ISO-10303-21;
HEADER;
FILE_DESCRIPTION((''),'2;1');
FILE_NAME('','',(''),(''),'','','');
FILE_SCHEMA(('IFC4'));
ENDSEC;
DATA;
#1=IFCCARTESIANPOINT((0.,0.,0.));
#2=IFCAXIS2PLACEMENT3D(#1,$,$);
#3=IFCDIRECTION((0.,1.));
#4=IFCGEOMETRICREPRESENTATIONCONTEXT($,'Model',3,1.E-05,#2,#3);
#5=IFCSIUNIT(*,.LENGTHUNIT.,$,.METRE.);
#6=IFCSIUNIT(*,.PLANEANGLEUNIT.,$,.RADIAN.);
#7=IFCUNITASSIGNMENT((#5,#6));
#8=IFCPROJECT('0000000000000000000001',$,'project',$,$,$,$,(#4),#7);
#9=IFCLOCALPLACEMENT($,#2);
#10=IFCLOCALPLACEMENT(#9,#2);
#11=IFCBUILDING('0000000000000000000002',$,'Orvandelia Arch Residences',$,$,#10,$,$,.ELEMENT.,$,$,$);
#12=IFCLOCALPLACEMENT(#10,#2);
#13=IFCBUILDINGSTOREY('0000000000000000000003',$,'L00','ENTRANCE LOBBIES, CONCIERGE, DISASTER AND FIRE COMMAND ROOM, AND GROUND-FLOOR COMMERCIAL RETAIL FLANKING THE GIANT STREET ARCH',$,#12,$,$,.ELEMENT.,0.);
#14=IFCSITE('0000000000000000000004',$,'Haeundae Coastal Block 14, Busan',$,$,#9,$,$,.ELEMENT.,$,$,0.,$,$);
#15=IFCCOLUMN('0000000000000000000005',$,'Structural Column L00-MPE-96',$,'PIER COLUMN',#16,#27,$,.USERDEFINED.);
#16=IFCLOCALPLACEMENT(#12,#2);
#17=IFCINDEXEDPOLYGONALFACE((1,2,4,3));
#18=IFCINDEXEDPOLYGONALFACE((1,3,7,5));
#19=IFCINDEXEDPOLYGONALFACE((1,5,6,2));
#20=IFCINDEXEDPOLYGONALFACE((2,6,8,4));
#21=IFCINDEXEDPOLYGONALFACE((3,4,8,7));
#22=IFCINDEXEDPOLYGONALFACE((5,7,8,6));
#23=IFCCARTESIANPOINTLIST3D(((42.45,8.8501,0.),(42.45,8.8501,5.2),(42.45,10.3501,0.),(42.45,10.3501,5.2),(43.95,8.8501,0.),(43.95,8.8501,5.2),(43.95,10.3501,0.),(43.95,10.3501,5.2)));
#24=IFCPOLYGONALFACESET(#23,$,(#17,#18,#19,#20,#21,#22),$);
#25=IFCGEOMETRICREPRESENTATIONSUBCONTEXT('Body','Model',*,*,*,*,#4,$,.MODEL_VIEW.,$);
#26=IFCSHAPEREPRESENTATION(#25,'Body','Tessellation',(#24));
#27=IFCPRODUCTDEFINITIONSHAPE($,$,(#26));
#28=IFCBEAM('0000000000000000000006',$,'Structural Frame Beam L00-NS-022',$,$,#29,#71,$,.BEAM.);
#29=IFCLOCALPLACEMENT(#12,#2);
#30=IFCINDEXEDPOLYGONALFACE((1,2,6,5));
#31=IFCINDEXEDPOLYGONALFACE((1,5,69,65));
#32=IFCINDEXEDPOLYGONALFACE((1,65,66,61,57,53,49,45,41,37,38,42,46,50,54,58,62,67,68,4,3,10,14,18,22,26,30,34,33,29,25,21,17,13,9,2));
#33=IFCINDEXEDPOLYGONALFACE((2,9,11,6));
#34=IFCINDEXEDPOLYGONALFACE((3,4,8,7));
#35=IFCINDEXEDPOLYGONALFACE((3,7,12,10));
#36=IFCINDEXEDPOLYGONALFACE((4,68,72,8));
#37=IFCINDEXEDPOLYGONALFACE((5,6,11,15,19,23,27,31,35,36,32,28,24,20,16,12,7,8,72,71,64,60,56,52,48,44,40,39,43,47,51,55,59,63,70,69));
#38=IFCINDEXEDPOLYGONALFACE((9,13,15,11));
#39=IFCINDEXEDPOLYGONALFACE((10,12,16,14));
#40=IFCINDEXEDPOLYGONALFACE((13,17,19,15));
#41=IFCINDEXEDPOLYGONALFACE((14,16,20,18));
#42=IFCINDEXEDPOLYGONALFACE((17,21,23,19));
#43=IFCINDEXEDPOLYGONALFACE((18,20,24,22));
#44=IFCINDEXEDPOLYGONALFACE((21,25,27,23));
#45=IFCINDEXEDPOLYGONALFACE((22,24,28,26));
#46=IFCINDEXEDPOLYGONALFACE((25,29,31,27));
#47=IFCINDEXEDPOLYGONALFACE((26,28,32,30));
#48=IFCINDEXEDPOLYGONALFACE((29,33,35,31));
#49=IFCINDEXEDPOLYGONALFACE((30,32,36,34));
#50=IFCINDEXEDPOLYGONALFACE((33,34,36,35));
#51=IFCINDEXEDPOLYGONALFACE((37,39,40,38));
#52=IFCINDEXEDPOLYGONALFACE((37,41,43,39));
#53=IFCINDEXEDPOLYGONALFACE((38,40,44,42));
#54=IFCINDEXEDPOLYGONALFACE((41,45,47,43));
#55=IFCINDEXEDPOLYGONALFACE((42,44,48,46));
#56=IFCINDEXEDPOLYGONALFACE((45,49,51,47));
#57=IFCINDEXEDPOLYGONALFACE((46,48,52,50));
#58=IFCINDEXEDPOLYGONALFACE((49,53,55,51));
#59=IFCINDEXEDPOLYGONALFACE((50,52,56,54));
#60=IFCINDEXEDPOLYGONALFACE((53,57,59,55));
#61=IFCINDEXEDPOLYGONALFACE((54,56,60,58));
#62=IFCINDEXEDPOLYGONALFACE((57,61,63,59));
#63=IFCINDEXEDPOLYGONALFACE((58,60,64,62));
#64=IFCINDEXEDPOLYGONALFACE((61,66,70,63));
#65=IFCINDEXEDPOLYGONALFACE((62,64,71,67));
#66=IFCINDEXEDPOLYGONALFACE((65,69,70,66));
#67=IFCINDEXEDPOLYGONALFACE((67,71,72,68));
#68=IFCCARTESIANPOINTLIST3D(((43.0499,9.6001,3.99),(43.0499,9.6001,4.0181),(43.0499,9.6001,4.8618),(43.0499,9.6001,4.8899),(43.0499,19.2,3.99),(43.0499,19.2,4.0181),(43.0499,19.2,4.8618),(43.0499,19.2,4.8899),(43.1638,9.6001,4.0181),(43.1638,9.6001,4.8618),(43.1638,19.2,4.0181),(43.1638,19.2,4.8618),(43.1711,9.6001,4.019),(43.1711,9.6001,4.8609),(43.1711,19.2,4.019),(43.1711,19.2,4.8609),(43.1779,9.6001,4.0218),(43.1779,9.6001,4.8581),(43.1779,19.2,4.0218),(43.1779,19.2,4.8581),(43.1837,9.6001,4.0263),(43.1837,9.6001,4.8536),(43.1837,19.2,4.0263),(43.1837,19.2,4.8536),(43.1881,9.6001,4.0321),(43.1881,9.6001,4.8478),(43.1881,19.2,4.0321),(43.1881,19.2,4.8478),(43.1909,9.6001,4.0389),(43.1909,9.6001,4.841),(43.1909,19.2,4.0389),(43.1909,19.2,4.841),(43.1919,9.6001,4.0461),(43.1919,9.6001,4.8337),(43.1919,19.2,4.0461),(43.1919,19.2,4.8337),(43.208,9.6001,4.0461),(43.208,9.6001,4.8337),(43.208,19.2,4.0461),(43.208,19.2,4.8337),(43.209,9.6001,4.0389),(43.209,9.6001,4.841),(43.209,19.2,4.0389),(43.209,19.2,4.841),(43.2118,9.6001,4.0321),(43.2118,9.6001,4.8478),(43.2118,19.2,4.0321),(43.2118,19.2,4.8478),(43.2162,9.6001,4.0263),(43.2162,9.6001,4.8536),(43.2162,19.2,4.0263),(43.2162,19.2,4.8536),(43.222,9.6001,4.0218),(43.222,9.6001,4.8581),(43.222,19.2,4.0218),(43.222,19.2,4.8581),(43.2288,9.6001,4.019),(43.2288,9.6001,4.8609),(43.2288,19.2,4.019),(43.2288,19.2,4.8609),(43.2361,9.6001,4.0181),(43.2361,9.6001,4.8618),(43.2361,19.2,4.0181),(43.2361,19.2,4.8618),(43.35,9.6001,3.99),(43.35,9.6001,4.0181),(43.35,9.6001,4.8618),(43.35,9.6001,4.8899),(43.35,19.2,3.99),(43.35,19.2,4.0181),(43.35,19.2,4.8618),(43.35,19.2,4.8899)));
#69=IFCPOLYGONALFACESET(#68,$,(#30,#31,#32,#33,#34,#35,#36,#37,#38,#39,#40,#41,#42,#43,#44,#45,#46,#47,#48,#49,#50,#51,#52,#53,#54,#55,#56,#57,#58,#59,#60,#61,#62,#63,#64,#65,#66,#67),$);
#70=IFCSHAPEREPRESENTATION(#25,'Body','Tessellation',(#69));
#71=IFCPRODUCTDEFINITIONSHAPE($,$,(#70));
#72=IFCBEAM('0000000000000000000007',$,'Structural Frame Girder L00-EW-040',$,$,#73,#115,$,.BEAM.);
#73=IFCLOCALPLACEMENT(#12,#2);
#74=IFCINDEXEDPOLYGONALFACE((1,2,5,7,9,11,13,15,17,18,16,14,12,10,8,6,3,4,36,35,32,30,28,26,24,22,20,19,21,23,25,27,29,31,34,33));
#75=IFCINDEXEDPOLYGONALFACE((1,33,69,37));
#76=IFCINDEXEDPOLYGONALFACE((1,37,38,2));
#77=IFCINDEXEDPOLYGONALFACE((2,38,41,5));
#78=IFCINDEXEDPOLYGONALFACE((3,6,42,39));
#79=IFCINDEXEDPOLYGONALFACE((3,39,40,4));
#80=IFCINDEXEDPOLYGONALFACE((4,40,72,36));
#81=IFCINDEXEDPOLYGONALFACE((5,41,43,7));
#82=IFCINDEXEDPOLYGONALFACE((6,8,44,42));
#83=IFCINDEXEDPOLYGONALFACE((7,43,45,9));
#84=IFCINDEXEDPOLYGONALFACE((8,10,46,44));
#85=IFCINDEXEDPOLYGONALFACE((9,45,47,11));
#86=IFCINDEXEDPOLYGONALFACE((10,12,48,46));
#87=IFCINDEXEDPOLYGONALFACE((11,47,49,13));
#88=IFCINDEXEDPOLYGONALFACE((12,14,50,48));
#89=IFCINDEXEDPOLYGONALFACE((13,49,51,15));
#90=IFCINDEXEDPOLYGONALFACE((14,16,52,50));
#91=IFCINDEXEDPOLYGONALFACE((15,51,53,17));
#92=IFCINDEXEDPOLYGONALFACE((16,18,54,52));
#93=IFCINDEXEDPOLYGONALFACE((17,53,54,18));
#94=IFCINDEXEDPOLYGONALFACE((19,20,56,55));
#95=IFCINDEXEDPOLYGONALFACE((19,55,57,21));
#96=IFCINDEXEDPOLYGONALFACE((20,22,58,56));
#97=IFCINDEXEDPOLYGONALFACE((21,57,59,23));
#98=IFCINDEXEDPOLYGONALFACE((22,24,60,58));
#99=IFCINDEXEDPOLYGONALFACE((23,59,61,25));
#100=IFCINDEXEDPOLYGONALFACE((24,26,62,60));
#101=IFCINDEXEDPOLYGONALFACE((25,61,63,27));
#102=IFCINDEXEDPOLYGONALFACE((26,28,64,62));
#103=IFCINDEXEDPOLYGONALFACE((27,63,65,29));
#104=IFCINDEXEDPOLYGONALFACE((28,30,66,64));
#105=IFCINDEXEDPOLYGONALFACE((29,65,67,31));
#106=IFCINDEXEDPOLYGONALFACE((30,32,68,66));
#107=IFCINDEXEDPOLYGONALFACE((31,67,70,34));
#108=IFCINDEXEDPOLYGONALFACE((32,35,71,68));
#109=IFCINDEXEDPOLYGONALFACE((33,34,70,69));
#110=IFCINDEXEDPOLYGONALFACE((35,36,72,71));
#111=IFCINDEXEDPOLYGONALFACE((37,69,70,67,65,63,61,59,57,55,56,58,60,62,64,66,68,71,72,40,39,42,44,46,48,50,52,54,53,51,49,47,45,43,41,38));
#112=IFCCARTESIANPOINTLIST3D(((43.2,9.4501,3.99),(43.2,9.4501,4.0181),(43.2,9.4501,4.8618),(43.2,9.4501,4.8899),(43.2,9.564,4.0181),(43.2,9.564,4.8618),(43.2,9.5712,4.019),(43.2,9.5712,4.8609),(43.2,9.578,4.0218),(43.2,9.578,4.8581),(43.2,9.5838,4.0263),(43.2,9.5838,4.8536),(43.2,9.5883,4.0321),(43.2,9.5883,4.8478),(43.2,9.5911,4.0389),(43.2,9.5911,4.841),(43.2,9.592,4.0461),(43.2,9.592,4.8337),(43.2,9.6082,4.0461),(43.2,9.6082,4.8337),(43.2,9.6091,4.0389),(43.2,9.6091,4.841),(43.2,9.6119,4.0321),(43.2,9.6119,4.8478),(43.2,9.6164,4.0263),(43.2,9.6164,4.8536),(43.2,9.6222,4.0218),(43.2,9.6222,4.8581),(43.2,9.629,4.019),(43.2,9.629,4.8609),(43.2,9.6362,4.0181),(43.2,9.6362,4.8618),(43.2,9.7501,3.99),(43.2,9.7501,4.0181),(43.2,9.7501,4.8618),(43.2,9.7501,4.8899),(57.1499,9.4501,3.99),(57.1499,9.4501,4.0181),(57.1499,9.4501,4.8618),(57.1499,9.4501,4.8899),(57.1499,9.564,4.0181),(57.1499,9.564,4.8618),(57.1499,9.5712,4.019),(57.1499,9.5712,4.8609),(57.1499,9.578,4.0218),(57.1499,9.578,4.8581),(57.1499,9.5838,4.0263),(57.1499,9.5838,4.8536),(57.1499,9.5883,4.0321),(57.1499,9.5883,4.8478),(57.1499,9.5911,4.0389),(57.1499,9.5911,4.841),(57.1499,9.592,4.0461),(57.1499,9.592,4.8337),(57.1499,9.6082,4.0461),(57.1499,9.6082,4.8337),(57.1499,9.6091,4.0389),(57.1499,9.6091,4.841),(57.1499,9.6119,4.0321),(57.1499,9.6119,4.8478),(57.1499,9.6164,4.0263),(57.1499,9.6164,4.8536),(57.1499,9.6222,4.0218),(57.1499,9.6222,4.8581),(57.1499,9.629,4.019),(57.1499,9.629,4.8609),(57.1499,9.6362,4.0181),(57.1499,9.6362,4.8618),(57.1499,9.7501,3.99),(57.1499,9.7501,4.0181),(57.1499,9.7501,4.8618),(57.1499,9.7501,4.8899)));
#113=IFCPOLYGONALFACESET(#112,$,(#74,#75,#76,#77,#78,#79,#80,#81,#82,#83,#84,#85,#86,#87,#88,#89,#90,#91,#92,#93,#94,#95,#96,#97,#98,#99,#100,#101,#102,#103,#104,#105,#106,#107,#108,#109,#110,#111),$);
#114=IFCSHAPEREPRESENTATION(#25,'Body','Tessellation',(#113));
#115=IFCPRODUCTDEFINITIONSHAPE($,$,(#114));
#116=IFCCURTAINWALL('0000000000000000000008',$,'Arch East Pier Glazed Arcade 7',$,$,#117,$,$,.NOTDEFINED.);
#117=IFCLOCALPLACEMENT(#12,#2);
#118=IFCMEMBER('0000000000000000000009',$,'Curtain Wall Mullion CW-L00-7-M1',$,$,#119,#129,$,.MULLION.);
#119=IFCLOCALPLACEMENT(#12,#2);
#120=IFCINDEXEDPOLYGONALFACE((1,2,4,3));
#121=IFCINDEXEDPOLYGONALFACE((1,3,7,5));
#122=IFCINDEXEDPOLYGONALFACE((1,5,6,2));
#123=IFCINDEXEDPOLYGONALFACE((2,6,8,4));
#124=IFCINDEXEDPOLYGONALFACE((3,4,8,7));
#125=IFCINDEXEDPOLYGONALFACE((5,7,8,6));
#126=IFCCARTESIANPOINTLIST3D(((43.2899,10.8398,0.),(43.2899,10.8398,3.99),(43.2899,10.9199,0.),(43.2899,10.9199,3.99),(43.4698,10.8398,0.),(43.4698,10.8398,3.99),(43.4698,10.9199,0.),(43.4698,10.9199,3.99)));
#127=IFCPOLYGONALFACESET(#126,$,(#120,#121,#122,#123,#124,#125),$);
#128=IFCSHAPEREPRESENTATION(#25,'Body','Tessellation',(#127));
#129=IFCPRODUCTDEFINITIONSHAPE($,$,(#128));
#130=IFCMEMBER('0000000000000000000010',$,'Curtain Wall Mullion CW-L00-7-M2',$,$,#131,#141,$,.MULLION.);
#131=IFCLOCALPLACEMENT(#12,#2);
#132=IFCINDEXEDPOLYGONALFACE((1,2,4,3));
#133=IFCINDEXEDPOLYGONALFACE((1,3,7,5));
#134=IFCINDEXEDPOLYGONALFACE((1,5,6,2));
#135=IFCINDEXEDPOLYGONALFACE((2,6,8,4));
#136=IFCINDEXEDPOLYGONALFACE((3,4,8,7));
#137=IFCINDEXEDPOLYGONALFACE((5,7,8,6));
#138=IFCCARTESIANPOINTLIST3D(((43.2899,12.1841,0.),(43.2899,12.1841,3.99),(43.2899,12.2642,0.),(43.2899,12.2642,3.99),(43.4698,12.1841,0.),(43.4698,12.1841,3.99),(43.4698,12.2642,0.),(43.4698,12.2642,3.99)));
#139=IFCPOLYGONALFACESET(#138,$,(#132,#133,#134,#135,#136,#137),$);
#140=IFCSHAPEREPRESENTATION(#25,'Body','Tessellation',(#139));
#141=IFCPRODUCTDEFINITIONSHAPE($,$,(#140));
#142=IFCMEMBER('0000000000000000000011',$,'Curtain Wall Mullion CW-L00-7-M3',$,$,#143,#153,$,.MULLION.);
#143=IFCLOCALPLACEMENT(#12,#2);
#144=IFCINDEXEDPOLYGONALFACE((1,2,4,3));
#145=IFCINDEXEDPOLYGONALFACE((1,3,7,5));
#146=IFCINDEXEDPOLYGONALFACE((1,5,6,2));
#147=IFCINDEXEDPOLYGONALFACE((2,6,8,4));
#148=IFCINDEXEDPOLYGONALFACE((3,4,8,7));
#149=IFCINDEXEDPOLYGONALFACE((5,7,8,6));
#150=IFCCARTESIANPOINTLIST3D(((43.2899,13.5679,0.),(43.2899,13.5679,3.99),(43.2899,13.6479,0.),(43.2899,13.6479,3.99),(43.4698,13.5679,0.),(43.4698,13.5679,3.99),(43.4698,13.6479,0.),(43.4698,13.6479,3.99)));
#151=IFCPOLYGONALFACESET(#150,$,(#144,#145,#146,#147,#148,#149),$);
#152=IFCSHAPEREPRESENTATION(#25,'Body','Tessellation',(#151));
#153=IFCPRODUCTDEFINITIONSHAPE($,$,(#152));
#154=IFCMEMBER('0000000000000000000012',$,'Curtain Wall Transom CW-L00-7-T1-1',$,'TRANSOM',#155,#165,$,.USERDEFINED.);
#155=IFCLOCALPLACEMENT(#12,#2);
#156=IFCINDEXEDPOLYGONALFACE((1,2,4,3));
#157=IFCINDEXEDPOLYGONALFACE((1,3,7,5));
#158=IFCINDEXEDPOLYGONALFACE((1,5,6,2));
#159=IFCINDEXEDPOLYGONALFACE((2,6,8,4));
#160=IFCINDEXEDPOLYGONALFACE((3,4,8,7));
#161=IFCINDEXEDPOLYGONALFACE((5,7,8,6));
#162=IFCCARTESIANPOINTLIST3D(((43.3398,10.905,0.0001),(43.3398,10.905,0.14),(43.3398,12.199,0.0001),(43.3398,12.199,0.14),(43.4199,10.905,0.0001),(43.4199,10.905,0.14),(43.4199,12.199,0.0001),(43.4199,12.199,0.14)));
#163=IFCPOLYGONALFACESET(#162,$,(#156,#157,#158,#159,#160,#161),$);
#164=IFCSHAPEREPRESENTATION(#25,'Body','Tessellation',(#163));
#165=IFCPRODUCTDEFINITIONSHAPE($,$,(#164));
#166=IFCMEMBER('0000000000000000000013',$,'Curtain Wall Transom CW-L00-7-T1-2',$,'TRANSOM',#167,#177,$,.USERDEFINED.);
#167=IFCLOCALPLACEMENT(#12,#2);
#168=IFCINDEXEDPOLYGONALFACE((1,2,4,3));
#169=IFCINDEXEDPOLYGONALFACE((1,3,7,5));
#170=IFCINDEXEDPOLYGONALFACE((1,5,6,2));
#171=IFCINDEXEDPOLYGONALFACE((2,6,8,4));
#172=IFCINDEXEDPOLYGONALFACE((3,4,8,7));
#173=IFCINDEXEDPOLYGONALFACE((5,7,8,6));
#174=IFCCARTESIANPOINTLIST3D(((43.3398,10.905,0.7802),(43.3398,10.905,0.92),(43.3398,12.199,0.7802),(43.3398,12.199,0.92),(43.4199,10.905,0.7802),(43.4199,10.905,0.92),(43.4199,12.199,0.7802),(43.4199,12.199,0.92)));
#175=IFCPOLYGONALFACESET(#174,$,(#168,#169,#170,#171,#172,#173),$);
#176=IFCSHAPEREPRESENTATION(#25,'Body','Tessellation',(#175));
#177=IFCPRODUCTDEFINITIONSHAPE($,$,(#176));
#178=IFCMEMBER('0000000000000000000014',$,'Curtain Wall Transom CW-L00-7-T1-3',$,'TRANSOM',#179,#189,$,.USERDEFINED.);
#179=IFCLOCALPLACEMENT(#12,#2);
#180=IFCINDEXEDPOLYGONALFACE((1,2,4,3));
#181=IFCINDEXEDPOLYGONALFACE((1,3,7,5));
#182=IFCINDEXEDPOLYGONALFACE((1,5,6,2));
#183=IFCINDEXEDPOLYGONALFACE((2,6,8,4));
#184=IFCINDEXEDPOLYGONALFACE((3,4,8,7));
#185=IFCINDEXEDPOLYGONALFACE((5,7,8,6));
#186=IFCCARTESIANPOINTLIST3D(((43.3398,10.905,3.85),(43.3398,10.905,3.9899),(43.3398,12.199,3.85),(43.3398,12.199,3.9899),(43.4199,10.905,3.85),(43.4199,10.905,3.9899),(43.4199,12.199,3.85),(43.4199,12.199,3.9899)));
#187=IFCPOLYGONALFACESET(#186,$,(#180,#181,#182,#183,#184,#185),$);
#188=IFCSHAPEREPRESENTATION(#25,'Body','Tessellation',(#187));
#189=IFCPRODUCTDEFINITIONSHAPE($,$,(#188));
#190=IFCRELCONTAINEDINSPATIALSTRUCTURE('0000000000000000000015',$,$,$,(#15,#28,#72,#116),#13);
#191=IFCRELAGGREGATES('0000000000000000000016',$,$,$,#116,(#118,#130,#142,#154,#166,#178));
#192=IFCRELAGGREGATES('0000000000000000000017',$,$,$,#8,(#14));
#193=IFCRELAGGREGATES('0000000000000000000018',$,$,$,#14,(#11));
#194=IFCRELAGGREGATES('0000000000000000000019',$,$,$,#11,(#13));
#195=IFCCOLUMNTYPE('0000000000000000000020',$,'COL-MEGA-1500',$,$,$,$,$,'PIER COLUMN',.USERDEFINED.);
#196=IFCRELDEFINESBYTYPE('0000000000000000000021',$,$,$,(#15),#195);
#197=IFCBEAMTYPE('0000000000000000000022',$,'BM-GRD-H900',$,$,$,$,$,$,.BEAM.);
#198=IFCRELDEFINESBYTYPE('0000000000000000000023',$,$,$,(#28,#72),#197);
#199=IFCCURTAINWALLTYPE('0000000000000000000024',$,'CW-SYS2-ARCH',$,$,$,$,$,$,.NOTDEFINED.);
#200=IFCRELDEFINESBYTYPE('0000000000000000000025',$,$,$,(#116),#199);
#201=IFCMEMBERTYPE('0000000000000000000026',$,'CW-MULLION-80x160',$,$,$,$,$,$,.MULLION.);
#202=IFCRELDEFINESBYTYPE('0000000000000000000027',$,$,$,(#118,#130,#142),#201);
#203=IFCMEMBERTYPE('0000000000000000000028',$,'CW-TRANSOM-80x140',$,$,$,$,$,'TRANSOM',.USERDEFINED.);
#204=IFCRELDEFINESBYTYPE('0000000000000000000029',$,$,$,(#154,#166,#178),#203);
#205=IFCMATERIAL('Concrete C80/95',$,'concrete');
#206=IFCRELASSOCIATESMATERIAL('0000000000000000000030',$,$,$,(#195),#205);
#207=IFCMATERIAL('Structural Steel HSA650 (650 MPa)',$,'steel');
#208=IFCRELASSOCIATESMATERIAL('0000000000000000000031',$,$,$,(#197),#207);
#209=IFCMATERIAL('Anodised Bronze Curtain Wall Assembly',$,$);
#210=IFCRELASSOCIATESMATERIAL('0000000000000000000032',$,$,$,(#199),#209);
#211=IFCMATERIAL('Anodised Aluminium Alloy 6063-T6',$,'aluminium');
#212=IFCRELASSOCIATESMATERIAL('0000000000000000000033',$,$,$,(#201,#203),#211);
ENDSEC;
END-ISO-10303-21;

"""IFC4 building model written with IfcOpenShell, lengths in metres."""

from ifc_helpers import new_model, si_unit, direction, frame, origin, origin_2d, place, context, subcontext, project, spatial, rectangle, i_section, extrude, material, material_profile, profile_set, type_object, element, aggregate, save


model = new_model("IFC4")

# Units and contexts
model_context = context("Model", 3, precision=1e-05, world=origin(), true_north=direction((0.0, 1.0)))
body_context = subcontext(model_context, "Body", "Model", "MODEL_VIEW")
ifc_project = project(units=[si_unit("LENGTHUNIT", "METRE"), si_unit("PLANEANGLEUNIT", "RADIAN")], contexts=[model_context])

# Site, building, storey
site_placement = place(None, origin())
site = spatial("IfcSite", under=ifc_project, at=site_placement, Name="Haeundae Coastal Block 14, Busan", CompositionType="ELEMENT", RefElevation=0.0)
building_placement = place(site_placement, origin())
building = spatial("IfcBuilding", under=site, at=building_placement, Name="Orvandelia Arch Residences", CompositionType="ELEMENT")
storey_placement = place(building_placement, origin())
storey = spatial("IfcBuildingStorey", under=building, at=storey_placement, Name="L00", Description="ENTRANCE LOBBIES, CONCIERGE, DISASTER AND FIRE COMMAND ROOM, AND GROUND-FLOOR COMMERCIAL RETAIL FLANKING THE GIANT STREET ARCH", CompositionType="ELEMENT", Elevation=0.0)

# Column
ifc_material_1 = material(Name="Concrete C80/95", Category="concrete")
ifc_material_profile_1 = material_profile(ifc_material_1, rectangle(XDim=1.5, YDim=1.5, at=origin_2d()), Name="Concrete C80/95", Category="concrete")
ifc_profile_set_1 = profile_set([ifc_material_profile_1], Name="Concrete C80/95")
column_type = type_object("IfcColumnType", Name="COL-MEGA-1500", ElementType="PIER COLUMN", PredefinedType="USERDEFINED", material=ifc_profile_set_1)
column_placement = place(storey_placement, frame((43.2, 9.6001, 0.0), z_axis=(0.0, 0.0, 1.0), x_axis=(1.0, 0.0, 0.0)))
element("IfcColumn", 1, at=column_placement, inside=storey, type_object=column_type, Name="Structural Column L00-MPE-96", ObjectType="PIER COLUMN", PredefinedType="USERDEFINED", context=body_context, shape_type="SweptSolid", body=[
    extrude(rectangle(XDim=1.5, YDim=1.5, at=origin_2d()), origin(), (0.0, 0.0, 1.0), 5.2),
])

# Beams
ifc_material_2 = material(Name="Structural Steel HSA650 (650 MPa)", Category="steel")
ifc_material_profile_2 = material_profile(ifc_material_2, i_section(OverallWidth=0.3, OverallDepth=0.8999, WebThickness=0.0161, FlangeThickness=0.0281, FilletRadius=0.0281, at=origin_2d()), Name="Structural Steel HSA650 (650 MPa)", Category="steel")
ifc_profile_set_2 = profile_set([ifc_material_profile_2], Name="Structural Steel HSA650 (650 MPa)")
beam_type = type_object("IfcBeamType", Name="BM-GRD-H900", PredefinedType="BEAM", material=ifc_profile_set_2)
beam_1_placement = place(storey_placement, frame((43.2, 9.6001, 4.4399), z_axis=(0.0, 1.0, 0.0), x_axis=(-1.0, 0.0, 0.0)))
element("IfcBeam", 2, at=beam_1_placement, inside=storey, type_object=beam_type, Name="Structural Frame Beam L00-NS-022", PredefinedType="BEAM", context=body_context, shape_type="SweptSolid", body=[
    extrude(i_section(OverallWidth=0.3, OverallDepth=0.8999, WebThickness=0.0161, FlangeThickness=0.0281, FilletRadius=0.0281, at=origin_2d()), origin(), (0.0, 0.0, 1.0), 9.5999),
])
beam_2_placement = place(storey_placement, frame((43.2, 9.6001, 4.4399), z_axis=(1.0, 0.0, 0.0), x_axis=(0.0, 1.0, 0.0)))
element("IfcBeam", 3, at=beam_2_placement, inside=storey, type_object=beam_type, Name="Structural Frame Girder L00-EW-040", PredefinedType="BEAM", context=body_context, shape_type="SweptSolid", body=[
    extrude(i_section(OverallWidth=0.3, OverallDepth=0.8999, WebThickness=0.0161, FlangeThickness=0.0281, FilletRadius=0.0281, at=origin_2d()), origin(), (0.0, 0.0, 1.0), 13.95),
])

# Curtain wall, members
ifc_material_3 = material(Name="Anodised Bronze Curtain Wall Assembly")
curtain_wall_type = type_object("IfcCurtainWallType", Name="CW-SYS2-ARCH", PredefinedType="NOTDEFINED", material=ifc_material_3)
curtain_wall_placement = place(storey_placement, origin())
curtain_wall = element("IfcCurtainWall", 4, at=curtain_wall_placement, inside=storey, type_object=curtain_wall_type, Name="Arch East Pier Glazed Arcade 7", PredefinedType="NOTDEFINED")
ifc_material_4 = material(Name="Anodised Aluminium Alloy 6063-T6", Category="aluminium")
ifc_material_profile_3 = material_profile(ifc_material_4, rectangle(XDim=0.0801, YDim=0.1799, at=origin_2d()), Name="Anodised Aluminium Alloy 6063-T6", Category="aluminium")
ifc_profile_set_3 = profile_set([ifc_material_profile_3], Name="Anodised Aluminium Alloy 6063-T6")
member_type_1 = type_object("IfcMemberType", Name="CW-MULLION-80x160", PredefinedType="MULLION", material=ifc_profile_set_3)
member_1_placement = place(storey_placement, frame((43.3799, 10.8799, 0.0), z_axis=(0.0, 0.0, 1.0), x_axis=(0.0, 1.0, 0.0)))
member_1 = element("IfcMember", 5, at=member_1_placement, type_object=member_type_1, Name="Curtain Wall Mullion CW-L00-7-M1", PredefinedType="MULLION", context=body_context, shape_type="SweptSolid", body=[
    extrude(rectangle(XDim=0.0801, YDim=0.1799, at=origin_2d()), origin(), (0.0, 0.0, 1.0), 3.99),
])
member_2_placement = place(storey_placement, frame((43.3799, 12.2241, 0.0), z_axis=(0.0, 0.0, 1.0), x_axis=(0.0, 1.0, 0.0)))
member_2 = element("IfcMember", 6, at=member_2_placement, type_object=member_type_1, Name="Curtain Wall Mullion CW-L00-7-M2", PredefinedType="MULLION", context=body_context, shape_type="SweptSolid", body=[
    extrude(rectangle(XDim=0.0801, YDim=0.1799, at=origin_2d()), origin(), (0.0, 0.0, 1.0), 3.99),
])
member_3_placement = place(storey_placement, frame((43.3799, 13.6079, 0.0), z_axis=(0.0, 0.0, 1.0), x_axis=(0.0, 1.0, 0.0)))
member_3 = element("IfcMember", 7, at=member_3_placement, type_object=member_type_1, Name="Curtain Wall Mullion CW-L00-7-M3", PredefinedType="MULLION", context=body_context, shape_type="SweptSolid", body=[
    extrude(rectangle(XDim=0.0801, YDim=0.1799, at=origin_2d()), origin(), (0.0, 0.0, 1.0), 3.99),
])
ifc_material_profile_4 = material_profile(ifc_material_4, rectangle(XDim=0.0801, YDim=0.1399, at=origin_2d()), Name="Anodised Aluminium Alloy 6063-T6", Category="aluminium")
ifc_profile_set_4 = profile_set([ifc_material_profile_4], Name="Anodised Aluminium Alloy 6063-T6")
member_type_2 = type_object("IfcMemberType", Name="CW-TRANSOM-80x140", ElementType="TRANSOM", PredefinedType="USERDEFINED", material=ifc_profile_set_4)
member_4_placement = place(storey_placement, frame((43.3799, 10.905, 0.0701), z_axis=(0.0, 1.0, 0.0), x_axis=(-1.0, 0.0, 0.0)))
member_4 = element("IfcMember", 8, at=member_4_placement, type_object=member_type_2, Name="Curtain Wall Transom CW-L00-7-T1-1", ObjectType="TRANSOM", PredefinedType="USERDEFINED", context=body_context, shape_type="SweptSolid", body=[
    extrude(rectangle(XDim=0.0801, YDim=0.1399, at=origin_2d()), origin(), (0.0, 0.0, 1.0), 1.2939),
])
member_5_placement = place(storey_placement, frame((43.3799, 10.905, 0.8501), z_axis=(0.0, 1.0, 0.0), x_axis=(-1.0, 0.0, 0.0)))
member_5 = element("IfcMember", 9, at=member_5_placement, type_object=member_type_2, Name="Curtain Wall Transom CW-L00-7-T1-2", ObjectType="TRANSOM", PredefinedType="USERDEFINED", context=body_context, shape_type="SweptSolid", body=[
    extrude(rectangle(XDim=0.0801, YDim=0.1399, at=origin_2d()), origin(), (0.0, 0.0, 1.0), 1.2939),
])
member_6_placement = place(storey_placement, frame((43.3799, 10.905, 3.9199), z_axis=(0.0, 1.0, 0.0), x_axis=(-1.0, 0.0, 0.0)))
member_6 = element("IfcMember", 10, at=member_6_placement, type_object=member_type_2, Name="Curtain Wall Transom CW-L00-7-T1-3", ObjectType="TRANSOM", PredefinedType="USERDEFINED", context=body_context, shape_type="SweptSolid", body=[
    extrude(rectangle(XDim=0.0801, YDim=0.1399, at=origin_2d()), origin(), (0.0, 0.0, 1.0), 1.2939),
])
aggregate(curtain_wall, [member_1, member_2, member_3, member_4, member_5, member_6])

save(model, "model.ifc")
